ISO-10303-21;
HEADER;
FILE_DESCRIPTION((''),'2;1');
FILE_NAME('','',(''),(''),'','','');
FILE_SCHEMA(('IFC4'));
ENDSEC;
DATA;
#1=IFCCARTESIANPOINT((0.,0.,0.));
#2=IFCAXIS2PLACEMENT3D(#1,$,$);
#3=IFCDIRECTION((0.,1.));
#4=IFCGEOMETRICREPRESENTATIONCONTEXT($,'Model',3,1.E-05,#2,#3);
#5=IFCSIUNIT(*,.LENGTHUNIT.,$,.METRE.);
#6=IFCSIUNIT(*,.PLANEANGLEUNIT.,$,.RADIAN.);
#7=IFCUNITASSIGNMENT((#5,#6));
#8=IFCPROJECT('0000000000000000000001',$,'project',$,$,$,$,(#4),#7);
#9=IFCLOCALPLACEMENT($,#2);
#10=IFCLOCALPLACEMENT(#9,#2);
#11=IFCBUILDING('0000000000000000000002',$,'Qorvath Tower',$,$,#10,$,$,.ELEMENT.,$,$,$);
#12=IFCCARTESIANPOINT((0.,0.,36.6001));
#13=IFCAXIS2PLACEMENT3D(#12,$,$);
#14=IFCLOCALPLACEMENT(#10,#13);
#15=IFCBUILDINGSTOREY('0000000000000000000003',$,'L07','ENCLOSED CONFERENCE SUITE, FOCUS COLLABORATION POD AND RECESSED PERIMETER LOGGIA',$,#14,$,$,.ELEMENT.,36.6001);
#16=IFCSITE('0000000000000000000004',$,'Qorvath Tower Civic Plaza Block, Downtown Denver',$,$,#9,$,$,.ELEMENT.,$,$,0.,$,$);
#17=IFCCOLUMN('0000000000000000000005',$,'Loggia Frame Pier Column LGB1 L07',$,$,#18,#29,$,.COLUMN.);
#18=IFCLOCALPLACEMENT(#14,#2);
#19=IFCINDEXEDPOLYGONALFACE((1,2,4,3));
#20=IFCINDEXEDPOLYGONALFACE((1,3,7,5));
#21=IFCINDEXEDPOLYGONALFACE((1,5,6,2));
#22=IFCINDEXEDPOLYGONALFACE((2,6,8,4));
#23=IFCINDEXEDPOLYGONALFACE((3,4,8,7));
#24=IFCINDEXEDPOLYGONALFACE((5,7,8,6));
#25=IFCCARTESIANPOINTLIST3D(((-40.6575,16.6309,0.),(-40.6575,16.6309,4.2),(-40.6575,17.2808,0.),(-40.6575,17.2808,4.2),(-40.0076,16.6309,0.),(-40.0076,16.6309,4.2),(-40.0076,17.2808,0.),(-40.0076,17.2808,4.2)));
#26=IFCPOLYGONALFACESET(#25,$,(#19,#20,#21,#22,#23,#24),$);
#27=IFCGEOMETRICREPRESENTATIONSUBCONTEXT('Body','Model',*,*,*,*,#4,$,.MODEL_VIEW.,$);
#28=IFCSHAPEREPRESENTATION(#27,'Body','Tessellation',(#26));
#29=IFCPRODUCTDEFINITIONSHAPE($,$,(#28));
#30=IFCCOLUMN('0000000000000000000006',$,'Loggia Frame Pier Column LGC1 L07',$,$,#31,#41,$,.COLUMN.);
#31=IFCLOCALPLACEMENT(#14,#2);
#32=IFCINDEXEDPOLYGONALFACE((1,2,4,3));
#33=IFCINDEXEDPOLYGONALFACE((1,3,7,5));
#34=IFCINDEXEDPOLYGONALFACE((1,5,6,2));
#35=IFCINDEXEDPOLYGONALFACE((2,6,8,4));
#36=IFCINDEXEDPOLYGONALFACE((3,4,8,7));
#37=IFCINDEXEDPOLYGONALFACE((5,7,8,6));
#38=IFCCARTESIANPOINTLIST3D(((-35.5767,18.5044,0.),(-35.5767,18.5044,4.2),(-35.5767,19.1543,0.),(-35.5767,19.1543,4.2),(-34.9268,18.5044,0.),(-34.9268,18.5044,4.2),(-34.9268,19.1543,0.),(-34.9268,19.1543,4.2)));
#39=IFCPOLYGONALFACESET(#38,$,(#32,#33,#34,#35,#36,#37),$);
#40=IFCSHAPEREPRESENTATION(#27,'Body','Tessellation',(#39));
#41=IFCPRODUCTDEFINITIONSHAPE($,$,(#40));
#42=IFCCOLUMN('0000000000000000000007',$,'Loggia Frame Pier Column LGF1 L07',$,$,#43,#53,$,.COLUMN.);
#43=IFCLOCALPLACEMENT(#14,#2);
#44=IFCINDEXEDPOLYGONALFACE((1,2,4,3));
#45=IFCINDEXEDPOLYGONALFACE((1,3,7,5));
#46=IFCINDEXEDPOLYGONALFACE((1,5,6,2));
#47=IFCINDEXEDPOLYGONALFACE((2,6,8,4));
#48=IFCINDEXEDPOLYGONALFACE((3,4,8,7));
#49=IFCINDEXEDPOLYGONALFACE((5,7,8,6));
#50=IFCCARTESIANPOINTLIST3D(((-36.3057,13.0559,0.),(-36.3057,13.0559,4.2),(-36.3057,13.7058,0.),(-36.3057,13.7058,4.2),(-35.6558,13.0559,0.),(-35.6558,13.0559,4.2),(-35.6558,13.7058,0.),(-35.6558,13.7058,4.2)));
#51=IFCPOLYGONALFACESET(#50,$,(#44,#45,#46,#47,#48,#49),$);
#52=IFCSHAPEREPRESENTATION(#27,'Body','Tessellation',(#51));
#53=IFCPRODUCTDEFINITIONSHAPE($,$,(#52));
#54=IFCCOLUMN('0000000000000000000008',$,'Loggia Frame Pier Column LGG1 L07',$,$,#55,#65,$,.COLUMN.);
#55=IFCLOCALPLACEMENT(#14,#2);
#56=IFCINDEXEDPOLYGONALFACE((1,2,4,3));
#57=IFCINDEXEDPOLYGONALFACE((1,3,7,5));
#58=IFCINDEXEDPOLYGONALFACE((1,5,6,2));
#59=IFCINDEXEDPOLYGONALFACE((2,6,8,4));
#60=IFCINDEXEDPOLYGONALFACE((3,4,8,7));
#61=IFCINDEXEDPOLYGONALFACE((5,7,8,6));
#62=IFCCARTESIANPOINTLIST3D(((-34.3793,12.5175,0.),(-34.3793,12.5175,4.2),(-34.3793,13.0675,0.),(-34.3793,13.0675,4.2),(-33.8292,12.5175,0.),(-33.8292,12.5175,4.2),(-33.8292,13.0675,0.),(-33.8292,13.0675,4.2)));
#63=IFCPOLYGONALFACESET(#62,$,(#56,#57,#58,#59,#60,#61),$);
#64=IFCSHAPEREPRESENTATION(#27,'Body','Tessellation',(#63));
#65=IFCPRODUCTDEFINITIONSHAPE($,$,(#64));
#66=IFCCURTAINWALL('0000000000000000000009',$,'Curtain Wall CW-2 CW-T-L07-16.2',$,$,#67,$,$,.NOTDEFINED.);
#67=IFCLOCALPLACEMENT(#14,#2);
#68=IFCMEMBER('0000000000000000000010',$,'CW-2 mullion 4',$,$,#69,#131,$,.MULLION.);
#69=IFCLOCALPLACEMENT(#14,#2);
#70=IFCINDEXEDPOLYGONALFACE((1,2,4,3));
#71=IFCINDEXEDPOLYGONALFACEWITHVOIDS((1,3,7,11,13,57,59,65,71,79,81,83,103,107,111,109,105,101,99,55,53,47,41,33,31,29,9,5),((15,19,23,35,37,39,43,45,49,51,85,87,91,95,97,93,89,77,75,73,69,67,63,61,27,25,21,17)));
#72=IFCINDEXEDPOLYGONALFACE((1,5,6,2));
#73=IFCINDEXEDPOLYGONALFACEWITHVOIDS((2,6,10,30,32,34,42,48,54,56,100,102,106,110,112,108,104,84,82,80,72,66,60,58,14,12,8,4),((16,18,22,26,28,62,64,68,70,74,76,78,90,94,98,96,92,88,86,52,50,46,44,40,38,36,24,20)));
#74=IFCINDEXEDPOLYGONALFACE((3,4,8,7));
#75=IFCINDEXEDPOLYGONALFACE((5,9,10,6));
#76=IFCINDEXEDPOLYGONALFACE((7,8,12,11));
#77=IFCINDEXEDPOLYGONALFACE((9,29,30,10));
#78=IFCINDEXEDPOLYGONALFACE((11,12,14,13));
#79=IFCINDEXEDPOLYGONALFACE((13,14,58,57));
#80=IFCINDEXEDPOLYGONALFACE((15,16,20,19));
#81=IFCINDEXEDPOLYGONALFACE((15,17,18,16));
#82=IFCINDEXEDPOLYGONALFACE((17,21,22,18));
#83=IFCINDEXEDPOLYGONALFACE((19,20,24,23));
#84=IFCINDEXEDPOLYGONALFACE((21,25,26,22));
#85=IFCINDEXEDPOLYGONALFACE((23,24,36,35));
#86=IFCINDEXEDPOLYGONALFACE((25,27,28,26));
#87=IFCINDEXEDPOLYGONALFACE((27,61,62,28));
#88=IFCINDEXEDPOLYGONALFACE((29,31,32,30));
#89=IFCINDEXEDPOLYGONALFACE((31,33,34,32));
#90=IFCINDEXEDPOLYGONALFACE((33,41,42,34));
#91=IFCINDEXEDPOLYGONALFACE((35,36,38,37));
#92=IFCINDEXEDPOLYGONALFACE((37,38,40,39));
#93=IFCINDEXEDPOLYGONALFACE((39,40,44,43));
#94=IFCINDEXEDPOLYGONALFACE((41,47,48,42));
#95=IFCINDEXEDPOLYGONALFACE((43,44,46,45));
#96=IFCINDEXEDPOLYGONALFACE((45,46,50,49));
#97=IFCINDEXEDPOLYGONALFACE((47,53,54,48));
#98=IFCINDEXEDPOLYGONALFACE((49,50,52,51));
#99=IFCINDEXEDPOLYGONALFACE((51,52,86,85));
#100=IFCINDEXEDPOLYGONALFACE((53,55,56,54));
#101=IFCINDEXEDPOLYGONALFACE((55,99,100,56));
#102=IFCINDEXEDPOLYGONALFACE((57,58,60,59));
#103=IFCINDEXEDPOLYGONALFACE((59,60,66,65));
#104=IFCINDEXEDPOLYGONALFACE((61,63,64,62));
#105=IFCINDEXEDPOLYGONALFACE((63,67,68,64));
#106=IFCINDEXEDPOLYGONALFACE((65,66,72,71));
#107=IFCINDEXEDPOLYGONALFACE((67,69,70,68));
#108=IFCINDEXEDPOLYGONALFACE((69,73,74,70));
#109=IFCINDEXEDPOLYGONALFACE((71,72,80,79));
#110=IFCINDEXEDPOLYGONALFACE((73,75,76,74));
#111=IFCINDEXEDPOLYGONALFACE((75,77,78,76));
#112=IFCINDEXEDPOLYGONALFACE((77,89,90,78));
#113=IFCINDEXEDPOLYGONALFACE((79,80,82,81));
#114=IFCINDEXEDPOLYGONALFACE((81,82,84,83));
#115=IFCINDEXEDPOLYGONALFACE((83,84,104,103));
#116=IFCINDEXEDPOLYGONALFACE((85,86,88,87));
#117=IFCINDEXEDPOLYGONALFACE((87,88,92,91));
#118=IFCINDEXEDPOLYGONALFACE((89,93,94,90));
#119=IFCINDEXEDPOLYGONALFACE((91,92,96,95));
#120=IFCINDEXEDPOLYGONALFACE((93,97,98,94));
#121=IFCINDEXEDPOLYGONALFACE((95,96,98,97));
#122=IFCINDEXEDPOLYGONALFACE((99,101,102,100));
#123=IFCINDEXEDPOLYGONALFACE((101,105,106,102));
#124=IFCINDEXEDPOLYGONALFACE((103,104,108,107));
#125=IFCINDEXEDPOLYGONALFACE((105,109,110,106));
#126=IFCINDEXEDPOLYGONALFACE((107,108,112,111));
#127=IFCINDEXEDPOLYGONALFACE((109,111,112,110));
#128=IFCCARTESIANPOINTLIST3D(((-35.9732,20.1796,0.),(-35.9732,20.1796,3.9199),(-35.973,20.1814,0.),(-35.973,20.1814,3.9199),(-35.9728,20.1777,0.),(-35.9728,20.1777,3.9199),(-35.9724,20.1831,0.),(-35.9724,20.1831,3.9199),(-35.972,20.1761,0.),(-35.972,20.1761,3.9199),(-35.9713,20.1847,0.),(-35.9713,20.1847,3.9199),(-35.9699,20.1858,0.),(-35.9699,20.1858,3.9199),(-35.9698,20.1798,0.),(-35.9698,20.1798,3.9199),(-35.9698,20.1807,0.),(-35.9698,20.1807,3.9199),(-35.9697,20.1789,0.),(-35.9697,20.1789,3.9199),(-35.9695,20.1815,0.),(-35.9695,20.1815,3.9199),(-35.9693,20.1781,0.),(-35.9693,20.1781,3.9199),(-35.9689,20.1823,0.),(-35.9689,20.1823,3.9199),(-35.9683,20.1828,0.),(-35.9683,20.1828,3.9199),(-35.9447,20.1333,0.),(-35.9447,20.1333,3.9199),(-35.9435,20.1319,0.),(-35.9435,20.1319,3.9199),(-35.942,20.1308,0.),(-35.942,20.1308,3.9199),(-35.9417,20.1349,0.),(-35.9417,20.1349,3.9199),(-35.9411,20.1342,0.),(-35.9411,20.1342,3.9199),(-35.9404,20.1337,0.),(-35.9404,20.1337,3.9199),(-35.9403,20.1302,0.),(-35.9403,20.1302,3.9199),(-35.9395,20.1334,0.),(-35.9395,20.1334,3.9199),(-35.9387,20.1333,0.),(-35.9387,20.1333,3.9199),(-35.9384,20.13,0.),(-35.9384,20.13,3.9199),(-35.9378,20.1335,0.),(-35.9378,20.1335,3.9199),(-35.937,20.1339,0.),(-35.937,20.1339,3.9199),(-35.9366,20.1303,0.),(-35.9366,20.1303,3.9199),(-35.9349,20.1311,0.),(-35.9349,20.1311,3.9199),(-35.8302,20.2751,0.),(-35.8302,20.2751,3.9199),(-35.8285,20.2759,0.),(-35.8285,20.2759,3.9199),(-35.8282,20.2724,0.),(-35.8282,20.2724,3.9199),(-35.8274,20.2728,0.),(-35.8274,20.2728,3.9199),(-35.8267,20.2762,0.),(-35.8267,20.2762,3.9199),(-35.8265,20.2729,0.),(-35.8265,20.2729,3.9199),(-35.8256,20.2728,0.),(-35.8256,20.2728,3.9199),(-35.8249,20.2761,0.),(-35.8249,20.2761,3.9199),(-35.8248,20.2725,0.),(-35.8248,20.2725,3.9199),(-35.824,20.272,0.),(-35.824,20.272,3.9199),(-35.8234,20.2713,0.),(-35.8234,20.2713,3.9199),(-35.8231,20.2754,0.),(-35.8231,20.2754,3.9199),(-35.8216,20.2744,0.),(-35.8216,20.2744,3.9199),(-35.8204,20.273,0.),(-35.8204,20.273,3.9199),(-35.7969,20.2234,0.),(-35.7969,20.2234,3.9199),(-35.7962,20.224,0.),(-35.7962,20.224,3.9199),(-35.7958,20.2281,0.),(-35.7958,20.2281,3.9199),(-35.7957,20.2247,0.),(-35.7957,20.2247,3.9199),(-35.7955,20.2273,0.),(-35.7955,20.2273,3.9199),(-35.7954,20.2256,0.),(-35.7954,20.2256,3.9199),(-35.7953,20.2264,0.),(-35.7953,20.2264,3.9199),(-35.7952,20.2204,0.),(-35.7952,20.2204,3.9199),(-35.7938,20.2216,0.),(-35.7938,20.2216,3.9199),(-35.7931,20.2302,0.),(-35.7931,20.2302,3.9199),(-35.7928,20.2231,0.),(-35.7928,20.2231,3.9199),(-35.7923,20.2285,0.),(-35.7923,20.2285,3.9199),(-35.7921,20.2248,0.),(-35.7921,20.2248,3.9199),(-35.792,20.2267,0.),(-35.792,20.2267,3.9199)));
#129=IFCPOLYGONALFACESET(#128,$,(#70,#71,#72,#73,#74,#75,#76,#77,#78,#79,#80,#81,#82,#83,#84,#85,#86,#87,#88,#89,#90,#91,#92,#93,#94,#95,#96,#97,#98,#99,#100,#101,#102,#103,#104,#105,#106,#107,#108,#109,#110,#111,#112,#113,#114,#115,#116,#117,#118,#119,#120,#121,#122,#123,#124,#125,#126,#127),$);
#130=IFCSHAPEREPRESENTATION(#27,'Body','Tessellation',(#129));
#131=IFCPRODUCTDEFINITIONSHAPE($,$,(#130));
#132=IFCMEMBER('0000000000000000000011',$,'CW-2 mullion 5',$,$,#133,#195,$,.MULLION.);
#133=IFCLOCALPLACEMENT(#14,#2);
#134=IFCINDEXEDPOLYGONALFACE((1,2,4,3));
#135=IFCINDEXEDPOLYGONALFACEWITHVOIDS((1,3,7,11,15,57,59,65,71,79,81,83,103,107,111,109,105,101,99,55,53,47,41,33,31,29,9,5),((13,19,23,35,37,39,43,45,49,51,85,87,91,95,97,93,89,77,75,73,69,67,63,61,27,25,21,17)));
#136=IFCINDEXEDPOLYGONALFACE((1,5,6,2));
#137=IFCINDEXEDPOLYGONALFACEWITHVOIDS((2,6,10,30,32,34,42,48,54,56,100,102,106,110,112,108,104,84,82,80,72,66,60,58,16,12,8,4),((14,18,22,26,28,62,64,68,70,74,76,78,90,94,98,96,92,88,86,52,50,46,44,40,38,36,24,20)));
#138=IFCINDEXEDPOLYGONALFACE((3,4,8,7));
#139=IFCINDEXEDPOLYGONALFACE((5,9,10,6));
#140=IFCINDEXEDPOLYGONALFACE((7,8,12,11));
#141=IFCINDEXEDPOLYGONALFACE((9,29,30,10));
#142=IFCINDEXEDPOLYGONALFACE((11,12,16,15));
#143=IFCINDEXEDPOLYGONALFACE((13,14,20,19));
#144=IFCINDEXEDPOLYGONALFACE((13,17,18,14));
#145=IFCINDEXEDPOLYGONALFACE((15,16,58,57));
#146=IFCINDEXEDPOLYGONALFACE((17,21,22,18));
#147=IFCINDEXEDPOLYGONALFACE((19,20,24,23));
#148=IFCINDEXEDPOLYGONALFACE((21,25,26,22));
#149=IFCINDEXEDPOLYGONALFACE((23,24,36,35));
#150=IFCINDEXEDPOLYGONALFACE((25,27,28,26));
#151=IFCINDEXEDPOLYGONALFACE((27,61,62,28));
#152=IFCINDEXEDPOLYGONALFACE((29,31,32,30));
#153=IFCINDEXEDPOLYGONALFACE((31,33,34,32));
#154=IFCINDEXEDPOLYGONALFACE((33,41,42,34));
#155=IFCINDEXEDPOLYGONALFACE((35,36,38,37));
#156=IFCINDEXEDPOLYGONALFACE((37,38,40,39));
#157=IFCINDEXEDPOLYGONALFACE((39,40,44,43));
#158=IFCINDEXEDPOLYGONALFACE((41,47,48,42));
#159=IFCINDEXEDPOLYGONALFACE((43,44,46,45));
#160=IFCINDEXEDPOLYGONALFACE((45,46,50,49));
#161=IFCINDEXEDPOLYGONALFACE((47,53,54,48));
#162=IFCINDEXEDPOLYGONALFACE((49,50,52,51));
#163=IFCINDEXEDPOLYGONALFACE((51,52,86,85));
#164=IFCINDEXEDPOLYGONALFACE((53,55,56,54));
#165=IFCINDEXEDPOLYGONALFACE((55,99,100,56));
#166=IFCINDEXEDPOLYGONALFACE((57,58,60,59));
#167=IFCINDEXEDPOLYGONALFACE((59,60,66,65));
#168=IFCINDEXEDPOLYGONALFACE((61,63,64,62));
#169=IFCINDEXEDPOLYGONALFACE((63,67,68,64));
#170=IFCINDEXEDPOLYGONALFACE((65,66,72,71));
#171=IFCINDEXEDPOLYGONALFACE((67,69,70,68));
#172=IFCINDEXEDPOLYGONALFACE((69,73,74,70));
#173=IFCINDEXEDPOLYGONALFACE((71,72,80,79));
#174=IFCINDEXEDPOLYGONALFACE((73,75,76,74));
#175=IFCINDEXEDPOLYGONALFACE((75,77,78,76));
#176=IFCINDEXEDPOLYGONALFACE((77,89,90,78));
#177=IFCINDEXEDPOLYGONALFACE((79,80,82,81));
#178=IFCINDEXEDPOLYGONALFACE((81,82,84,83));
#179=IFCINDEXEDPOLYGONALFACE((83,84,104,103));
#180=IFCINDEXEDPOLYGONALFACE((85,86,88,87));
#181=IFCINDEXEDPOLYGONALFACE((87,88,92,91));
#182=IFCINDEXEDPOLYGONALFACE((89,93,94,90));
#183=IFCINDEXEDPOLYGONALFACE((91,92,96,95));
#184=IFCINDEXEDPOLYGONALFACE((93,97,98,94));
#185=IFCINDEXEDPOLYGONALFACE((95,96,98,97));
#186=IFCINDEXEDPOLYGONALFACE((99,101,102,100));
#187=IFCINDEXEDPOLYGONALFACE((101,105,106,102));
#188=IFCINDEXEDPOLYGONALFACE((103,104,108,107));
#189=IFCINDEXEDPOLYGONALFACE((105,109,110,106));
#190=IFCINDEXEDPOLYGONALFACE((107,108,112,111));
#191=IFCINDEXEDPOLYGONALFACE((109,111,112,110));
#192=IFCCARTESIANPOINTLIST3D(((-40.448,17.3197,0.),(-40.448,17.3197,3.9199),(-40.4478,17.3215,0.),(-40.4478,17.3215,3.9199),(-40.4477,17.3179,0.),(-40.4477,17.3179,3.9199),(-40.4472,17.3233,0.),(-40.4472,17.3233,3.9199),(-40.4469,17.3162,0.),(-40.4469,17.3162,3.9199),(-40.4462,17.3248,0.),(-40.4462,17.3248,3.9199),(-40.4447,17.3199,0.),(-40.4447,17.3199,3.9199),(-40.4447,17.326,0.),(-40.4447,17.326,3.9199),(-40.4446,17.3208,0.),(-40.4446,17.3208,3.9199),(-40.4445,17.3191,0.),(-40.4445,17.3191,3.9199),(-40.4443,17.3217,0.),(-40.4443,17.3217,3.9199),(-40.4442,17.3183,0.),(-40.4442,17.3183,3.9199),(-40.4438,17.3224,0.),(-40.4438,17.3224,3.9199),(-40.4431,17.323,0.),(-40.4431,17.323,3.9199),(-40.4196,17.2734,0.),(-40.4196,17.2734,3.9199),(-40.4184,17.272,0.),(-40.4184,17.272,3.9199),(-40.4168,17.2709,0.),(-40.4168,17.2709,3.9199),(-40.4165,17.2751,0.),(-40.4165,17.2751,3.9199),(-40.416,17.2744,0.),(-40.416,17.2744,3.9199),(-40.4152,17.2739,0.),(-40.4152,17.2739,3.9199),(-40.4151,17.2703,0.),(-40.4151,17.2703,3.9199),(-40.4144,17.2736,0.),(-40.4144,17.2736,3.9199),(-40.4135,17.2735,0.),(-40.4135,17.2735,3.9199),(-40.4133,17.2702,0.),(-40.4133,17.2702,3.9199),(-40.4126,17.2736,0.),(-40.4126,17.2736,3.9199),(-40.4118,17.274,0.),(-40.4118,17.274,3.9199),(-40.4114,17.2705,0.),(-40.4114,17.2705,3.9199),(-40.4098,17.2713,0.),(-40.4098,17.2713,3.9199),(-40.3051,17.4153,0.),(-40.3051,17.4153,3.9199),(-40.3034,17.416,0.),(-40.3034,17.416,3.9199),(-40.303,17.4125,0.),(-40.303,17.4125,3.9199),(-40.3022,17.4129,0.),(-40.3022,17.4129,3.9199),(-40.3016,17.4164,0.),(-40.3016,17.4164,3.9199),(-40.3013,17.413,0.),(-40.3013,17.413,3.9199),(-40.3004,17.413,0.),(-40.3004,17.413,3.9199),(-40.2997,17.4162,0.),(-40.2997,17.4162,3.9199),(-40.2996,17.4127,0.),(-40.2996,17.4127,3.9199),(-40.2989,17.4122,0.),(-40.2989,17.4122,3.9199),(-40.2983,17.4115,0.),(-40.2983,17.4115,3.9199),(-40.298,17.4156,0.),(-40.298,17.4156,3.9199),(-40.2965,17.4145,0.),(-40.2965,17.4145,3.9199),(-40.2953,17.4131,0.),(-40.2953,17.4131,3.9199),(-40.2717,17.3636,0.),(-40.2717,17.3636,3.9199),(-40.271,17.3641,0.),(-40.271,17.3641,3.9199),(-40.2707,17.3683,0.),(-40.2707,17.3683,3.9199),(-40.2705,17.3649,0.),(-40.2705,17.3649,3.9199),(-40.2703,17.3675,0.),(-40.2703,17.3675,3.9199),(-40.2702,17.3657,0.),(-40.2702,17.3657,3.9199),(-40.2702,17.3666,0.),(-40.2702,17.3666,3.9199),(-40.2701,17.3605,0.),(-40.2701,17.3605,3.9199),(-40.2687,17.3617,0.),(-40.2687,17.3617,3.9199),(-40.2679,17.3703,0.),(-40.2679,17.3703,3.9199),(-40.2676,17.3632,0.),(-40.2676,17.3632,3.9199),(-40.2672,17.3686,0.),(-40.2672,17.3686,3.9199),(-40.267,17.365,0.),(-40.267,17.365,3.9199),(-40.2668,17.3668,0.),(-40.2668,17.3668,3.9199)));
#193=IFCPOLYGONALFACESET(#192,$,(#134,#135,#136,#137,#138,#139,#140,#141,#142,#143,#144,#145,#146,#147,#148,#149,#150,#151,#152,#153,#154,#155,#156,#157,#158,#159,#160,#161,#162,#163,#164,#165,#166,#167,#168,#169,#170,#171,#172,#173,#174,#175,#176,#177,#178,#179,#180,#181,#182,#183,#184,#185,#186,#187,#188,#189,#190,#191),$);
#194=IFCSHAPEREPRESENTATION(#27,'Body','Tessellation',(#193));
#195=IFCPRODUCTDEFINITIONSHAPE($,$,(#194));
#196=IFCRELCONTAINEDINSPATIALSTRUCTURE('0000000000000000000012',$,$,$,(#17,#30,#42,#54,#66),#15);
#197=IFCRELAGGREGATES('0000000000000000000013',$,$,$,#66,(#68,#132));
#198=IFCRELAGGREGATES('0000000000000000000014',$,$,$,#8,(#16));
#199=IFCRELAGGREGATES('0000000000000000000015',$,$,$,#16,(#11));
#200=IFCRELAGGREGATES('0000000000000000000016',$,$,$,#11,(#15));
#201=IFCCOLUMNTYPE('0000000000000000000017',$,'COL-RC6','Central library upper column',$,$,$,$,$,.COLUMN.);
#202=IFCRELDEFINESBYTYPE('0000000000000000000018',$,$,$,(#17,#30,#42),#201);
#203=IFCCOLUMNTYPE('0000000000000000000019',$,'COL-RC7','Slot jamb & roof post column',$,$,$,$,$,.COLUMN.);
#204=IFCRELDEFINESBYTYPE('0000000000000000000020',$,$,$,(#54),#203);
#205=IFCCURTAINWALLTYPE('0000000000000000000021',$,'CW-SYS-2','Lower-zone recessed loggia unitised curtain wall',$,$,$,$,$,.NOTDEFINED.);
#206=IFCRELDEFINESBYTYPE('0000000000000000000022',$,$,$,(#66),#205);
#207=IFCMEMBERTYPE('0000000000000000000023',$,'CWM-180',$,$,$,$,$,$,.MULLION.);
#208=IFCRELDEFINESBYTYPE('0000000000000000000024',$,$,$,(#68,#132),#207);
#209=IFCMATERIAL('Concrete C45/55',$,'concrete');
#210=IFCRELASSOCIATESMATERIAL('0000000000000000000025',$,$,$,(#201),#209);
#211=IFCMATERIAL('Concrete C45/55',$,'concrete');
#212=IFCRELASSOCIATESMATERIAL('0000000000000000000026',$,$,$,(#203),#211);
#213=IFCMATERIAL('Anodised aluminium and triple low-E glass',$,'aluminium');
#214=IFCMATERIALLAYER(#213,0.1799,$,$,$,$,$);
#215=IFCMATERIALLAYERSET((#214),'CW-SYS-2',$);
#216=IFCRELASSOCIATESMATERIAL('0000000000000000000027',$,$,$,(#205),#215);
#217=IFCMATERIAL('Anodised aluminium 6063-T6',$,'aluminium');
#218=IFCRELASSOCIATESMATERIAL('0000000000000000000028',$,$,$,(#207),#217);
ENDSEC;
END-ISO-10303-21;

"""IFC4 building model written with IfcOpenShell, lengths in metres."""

from ifc_helpers import new_model, si_unit, direction, frame, origin, origin_2d, place, context, subcontext, project, spatial, rectangle, hollow_rectangle, extrude, material, layer, layer_set, material_profile, profile_set, type_object, element, aggregate, save


model = new_model("IFC4")

# Units and contexts
model_context = context("Model", 3, precision=1e-05, world=origin(), true_north=direction((0.0, 1.0)))
body_context = subcontext(model_context, "Body", "Model", "MODEL_VIEW")
ifc_project = project(units=[si_unit("LENGTHUNIT", "METRE"), si_unit("PLANEANGLEUNIT", "RADIAN")], contexts=[model_context])

# Site, building, storey
site_placement = place(None, origin())
site = spatial("IfcSite", under=ifc_project, at=site_placement, Name="Qorvath Tower Civic Plaza Block, Downtown Denver", CompositionType="ELEMENT", RefElevation=0.0)
building_placement = place(site_placement, origin())
building = spatial("IfcBuilding", under=site, at=building_placement, Name="Qorvath Tower", CompositionType="ELEMENT")
storey_placement = place(building_placement, frame((0.0, 0.0, 36.6001)))
storey = spatial("IfcBuildingStorey", under=building, at=storey_placement, Name="L07", Description="ENCLOSED CONFERENCE SUITE, FOCUS COLLABORATION POD AND RECESSED PERIMETER LOGGIA", CompositionType="ELEMENT", Elevation=36.6001)

# Columns
ifc_material_1 = material(Name="Concrete C45/55", Category="concrete")
ifc_material_profile_1 = material_profile(ifc_material_1, rectangle(XDim=0.6499, YDim=0.6499, at=origin_2d()), Name="RC 650x650")
ifc_profile_set_1 = profile_set([ifc_material_profile_1], Name="Concrete C45/55")
column_type_1 = type_object("IfcColumnType", Name="COL-RC6", Description="Central library upper column", PredefinedType="COLUMN", material=ifc_profile_set_1)
for number, where, z_axis, x_axis, name in (
    (1, (-40.3325, 16.9558, 0.0), (0.0, 0.0, 1.0), (1.0, 0.0, 0.0), "Loggia Frame Pier Column LGB1 L07"),
    (2, (-35.2517, 18.8293, 0.0), (0.0, 0.0, 1.0), (1.0, 0.0, 0.0), "Loggia Frame Pier Column LGC1 L07"),
    (3, (-35.9807, 13.3809, 0.0), (0.0, 0.0, 1.0), (1.0, 0.0, 0.0), "Loggia Frame Pier Column LGF1 L07"),
):
    element("IfcColumn", number, at=place(storey_placement, frame(where, z_axis=z_axis, x_axis=x_axis)), inside=storey, type_object=column_type_1, Name=name, PredefinedType="COLUMN", context=body_context, shape_type="SweptSolid", body=[
        extrude(rectangle(XDim=0.6499, YDim=0.6499, at=origin_2d()), origin(), (0.0, 0.0, 1.0), 4.2),
    ])
ifc_material_2 = material(Name="Concrete C45/55", Category="concrete")
ifc_material_profile_2 = material_profile(ifc_material_2, rectangle(XDim=0.55, YDim=0.55, at=origin_2d()), Name="RC 550x550")
ifc_profile_set_2 = profile_set([ifc_material_profile_2], Name="Concrete C45/55")
column_type_2 = type_object("IfcColumnType", Name="COL-RC7", Description="Slot jamb & roof post column", PredefinedType="COLUMN", material=ifc_profile_set_2)
column_placement = place(storey_placement, frame((-34.1042, 12.7925, 0.0), z_axis=(0.0, 0.0, 1.0), x_axis=(1.0, 0.0, 0.0)))
element("IfcColumn", 4, at=column_placement, inside=storey, type_object=column_type_2, Name="Loggia Frame Pier Column LGG1 L07", PredefinedType="COLUMN", context=body_context, shape_type="SweptSolid", body=[
    extrude(rectangle(XDim=0.55, YDim=0.55, at=origin_2d()), origin(), (0.0, 0.0, 1.0), 4.2),
])

# Curtain wall, members
ifc_material_3 = material(Name="Anodised aluminium and triple low-E glass", Category="aluminium")
ifc_layer_1 = layer(ifc_material_3, 0.1799)
ifc_layer_set_1 = layer_set([ifc_layer_1], Name="CW-SYS-2")
curtain_wall_type = type_object("IfcCurtainWallType", Name="CW-SYS-2", Description="Lower-zone recessed loggia unitised curtain wall", PredefinedType="NOTDEFINED", material=ifc_layer_set_1)
curtain_wall_placement = place(storey_placement, origin())
curtain_wall = element("IfcCurtainWall", 5, at=curtain_wall_placement, inside=storey, type_object=curtain_wall_type, Name="Curtain Wall CW-2 CW-T-L07-16.2", PredefinedType="NOTDEFINED")
ifc_material_4 = material(Name="Anodised aluminium 6063-T6", Category="aluminium")
ifc_material_profile_3 = material_profile(ifc_material_4, hollow_rectangle(XDim=0.0649, YDim=0.1799, WallThickness=0.0034, InnerFilletRadius=0.0034, OuterFilletRadius=0.0071, at=origin_2d()), Name="CWM 180x65")
ifc_profile_set_3 = profile_set([ifc_material_profile_3], Name="Anodised aluminium 6063-T6")
member_type_1 = type_object("IfcMemberType", Name="CWM-180", PredefinedType="MULLION", material=ifc_profile_set_3)
member_1_placement = place(storey_placement, frame((-35.8826, 20.2031, 0.0), z_axis=(0.0, 0.0, 1.0), x_axis=(0.538535, -0.842603, 0.0)))
member_1 = element("IfcMember", 6, at=member_1_placement, type_object=member_type_1, Name="CW-2 mullion 4", PredefinedType="MULLION", context=body_context, shape_type="SweptSolid", body=[
    extrude(hollow_rectangle(XDim=0.0649, YDim=0.1799, WallThickness=0.0034, InnerFilletRadius=0.0034, OuterFilletRadius=0.0071, at=origin_2d()), origin(), (0.0, 0.0, 1.0), 3.9199),
])
member_2_placement = place(storey_placement, frame((-40.3574, 17.3433, 0.0), z_axis=(0.0, 0.0, 1.0), x_axis=(0.538535, -0.842603, 0.0)))
member_2 = element("IfcMember", 7, at=member_2_placement, type_object=member_type_1, Name="CW-2 mullion 5", PredefinedType="MULLION", context=body_context, shape_type="SweptSolid", body=[
    extrude(hollow_rectangle(XDim=0.0649, YDim=0.1799, WallThickness=0.0034, InnerFilletRadius=0.0034, OuterFilletRadius=0.0071, at=origin_2d()), origin(), (0.0, 0.0, 1.0), 3.9199),
])
aggregate(curtain_wall, [member_1, member_2])

save(model, "model.ifc")
